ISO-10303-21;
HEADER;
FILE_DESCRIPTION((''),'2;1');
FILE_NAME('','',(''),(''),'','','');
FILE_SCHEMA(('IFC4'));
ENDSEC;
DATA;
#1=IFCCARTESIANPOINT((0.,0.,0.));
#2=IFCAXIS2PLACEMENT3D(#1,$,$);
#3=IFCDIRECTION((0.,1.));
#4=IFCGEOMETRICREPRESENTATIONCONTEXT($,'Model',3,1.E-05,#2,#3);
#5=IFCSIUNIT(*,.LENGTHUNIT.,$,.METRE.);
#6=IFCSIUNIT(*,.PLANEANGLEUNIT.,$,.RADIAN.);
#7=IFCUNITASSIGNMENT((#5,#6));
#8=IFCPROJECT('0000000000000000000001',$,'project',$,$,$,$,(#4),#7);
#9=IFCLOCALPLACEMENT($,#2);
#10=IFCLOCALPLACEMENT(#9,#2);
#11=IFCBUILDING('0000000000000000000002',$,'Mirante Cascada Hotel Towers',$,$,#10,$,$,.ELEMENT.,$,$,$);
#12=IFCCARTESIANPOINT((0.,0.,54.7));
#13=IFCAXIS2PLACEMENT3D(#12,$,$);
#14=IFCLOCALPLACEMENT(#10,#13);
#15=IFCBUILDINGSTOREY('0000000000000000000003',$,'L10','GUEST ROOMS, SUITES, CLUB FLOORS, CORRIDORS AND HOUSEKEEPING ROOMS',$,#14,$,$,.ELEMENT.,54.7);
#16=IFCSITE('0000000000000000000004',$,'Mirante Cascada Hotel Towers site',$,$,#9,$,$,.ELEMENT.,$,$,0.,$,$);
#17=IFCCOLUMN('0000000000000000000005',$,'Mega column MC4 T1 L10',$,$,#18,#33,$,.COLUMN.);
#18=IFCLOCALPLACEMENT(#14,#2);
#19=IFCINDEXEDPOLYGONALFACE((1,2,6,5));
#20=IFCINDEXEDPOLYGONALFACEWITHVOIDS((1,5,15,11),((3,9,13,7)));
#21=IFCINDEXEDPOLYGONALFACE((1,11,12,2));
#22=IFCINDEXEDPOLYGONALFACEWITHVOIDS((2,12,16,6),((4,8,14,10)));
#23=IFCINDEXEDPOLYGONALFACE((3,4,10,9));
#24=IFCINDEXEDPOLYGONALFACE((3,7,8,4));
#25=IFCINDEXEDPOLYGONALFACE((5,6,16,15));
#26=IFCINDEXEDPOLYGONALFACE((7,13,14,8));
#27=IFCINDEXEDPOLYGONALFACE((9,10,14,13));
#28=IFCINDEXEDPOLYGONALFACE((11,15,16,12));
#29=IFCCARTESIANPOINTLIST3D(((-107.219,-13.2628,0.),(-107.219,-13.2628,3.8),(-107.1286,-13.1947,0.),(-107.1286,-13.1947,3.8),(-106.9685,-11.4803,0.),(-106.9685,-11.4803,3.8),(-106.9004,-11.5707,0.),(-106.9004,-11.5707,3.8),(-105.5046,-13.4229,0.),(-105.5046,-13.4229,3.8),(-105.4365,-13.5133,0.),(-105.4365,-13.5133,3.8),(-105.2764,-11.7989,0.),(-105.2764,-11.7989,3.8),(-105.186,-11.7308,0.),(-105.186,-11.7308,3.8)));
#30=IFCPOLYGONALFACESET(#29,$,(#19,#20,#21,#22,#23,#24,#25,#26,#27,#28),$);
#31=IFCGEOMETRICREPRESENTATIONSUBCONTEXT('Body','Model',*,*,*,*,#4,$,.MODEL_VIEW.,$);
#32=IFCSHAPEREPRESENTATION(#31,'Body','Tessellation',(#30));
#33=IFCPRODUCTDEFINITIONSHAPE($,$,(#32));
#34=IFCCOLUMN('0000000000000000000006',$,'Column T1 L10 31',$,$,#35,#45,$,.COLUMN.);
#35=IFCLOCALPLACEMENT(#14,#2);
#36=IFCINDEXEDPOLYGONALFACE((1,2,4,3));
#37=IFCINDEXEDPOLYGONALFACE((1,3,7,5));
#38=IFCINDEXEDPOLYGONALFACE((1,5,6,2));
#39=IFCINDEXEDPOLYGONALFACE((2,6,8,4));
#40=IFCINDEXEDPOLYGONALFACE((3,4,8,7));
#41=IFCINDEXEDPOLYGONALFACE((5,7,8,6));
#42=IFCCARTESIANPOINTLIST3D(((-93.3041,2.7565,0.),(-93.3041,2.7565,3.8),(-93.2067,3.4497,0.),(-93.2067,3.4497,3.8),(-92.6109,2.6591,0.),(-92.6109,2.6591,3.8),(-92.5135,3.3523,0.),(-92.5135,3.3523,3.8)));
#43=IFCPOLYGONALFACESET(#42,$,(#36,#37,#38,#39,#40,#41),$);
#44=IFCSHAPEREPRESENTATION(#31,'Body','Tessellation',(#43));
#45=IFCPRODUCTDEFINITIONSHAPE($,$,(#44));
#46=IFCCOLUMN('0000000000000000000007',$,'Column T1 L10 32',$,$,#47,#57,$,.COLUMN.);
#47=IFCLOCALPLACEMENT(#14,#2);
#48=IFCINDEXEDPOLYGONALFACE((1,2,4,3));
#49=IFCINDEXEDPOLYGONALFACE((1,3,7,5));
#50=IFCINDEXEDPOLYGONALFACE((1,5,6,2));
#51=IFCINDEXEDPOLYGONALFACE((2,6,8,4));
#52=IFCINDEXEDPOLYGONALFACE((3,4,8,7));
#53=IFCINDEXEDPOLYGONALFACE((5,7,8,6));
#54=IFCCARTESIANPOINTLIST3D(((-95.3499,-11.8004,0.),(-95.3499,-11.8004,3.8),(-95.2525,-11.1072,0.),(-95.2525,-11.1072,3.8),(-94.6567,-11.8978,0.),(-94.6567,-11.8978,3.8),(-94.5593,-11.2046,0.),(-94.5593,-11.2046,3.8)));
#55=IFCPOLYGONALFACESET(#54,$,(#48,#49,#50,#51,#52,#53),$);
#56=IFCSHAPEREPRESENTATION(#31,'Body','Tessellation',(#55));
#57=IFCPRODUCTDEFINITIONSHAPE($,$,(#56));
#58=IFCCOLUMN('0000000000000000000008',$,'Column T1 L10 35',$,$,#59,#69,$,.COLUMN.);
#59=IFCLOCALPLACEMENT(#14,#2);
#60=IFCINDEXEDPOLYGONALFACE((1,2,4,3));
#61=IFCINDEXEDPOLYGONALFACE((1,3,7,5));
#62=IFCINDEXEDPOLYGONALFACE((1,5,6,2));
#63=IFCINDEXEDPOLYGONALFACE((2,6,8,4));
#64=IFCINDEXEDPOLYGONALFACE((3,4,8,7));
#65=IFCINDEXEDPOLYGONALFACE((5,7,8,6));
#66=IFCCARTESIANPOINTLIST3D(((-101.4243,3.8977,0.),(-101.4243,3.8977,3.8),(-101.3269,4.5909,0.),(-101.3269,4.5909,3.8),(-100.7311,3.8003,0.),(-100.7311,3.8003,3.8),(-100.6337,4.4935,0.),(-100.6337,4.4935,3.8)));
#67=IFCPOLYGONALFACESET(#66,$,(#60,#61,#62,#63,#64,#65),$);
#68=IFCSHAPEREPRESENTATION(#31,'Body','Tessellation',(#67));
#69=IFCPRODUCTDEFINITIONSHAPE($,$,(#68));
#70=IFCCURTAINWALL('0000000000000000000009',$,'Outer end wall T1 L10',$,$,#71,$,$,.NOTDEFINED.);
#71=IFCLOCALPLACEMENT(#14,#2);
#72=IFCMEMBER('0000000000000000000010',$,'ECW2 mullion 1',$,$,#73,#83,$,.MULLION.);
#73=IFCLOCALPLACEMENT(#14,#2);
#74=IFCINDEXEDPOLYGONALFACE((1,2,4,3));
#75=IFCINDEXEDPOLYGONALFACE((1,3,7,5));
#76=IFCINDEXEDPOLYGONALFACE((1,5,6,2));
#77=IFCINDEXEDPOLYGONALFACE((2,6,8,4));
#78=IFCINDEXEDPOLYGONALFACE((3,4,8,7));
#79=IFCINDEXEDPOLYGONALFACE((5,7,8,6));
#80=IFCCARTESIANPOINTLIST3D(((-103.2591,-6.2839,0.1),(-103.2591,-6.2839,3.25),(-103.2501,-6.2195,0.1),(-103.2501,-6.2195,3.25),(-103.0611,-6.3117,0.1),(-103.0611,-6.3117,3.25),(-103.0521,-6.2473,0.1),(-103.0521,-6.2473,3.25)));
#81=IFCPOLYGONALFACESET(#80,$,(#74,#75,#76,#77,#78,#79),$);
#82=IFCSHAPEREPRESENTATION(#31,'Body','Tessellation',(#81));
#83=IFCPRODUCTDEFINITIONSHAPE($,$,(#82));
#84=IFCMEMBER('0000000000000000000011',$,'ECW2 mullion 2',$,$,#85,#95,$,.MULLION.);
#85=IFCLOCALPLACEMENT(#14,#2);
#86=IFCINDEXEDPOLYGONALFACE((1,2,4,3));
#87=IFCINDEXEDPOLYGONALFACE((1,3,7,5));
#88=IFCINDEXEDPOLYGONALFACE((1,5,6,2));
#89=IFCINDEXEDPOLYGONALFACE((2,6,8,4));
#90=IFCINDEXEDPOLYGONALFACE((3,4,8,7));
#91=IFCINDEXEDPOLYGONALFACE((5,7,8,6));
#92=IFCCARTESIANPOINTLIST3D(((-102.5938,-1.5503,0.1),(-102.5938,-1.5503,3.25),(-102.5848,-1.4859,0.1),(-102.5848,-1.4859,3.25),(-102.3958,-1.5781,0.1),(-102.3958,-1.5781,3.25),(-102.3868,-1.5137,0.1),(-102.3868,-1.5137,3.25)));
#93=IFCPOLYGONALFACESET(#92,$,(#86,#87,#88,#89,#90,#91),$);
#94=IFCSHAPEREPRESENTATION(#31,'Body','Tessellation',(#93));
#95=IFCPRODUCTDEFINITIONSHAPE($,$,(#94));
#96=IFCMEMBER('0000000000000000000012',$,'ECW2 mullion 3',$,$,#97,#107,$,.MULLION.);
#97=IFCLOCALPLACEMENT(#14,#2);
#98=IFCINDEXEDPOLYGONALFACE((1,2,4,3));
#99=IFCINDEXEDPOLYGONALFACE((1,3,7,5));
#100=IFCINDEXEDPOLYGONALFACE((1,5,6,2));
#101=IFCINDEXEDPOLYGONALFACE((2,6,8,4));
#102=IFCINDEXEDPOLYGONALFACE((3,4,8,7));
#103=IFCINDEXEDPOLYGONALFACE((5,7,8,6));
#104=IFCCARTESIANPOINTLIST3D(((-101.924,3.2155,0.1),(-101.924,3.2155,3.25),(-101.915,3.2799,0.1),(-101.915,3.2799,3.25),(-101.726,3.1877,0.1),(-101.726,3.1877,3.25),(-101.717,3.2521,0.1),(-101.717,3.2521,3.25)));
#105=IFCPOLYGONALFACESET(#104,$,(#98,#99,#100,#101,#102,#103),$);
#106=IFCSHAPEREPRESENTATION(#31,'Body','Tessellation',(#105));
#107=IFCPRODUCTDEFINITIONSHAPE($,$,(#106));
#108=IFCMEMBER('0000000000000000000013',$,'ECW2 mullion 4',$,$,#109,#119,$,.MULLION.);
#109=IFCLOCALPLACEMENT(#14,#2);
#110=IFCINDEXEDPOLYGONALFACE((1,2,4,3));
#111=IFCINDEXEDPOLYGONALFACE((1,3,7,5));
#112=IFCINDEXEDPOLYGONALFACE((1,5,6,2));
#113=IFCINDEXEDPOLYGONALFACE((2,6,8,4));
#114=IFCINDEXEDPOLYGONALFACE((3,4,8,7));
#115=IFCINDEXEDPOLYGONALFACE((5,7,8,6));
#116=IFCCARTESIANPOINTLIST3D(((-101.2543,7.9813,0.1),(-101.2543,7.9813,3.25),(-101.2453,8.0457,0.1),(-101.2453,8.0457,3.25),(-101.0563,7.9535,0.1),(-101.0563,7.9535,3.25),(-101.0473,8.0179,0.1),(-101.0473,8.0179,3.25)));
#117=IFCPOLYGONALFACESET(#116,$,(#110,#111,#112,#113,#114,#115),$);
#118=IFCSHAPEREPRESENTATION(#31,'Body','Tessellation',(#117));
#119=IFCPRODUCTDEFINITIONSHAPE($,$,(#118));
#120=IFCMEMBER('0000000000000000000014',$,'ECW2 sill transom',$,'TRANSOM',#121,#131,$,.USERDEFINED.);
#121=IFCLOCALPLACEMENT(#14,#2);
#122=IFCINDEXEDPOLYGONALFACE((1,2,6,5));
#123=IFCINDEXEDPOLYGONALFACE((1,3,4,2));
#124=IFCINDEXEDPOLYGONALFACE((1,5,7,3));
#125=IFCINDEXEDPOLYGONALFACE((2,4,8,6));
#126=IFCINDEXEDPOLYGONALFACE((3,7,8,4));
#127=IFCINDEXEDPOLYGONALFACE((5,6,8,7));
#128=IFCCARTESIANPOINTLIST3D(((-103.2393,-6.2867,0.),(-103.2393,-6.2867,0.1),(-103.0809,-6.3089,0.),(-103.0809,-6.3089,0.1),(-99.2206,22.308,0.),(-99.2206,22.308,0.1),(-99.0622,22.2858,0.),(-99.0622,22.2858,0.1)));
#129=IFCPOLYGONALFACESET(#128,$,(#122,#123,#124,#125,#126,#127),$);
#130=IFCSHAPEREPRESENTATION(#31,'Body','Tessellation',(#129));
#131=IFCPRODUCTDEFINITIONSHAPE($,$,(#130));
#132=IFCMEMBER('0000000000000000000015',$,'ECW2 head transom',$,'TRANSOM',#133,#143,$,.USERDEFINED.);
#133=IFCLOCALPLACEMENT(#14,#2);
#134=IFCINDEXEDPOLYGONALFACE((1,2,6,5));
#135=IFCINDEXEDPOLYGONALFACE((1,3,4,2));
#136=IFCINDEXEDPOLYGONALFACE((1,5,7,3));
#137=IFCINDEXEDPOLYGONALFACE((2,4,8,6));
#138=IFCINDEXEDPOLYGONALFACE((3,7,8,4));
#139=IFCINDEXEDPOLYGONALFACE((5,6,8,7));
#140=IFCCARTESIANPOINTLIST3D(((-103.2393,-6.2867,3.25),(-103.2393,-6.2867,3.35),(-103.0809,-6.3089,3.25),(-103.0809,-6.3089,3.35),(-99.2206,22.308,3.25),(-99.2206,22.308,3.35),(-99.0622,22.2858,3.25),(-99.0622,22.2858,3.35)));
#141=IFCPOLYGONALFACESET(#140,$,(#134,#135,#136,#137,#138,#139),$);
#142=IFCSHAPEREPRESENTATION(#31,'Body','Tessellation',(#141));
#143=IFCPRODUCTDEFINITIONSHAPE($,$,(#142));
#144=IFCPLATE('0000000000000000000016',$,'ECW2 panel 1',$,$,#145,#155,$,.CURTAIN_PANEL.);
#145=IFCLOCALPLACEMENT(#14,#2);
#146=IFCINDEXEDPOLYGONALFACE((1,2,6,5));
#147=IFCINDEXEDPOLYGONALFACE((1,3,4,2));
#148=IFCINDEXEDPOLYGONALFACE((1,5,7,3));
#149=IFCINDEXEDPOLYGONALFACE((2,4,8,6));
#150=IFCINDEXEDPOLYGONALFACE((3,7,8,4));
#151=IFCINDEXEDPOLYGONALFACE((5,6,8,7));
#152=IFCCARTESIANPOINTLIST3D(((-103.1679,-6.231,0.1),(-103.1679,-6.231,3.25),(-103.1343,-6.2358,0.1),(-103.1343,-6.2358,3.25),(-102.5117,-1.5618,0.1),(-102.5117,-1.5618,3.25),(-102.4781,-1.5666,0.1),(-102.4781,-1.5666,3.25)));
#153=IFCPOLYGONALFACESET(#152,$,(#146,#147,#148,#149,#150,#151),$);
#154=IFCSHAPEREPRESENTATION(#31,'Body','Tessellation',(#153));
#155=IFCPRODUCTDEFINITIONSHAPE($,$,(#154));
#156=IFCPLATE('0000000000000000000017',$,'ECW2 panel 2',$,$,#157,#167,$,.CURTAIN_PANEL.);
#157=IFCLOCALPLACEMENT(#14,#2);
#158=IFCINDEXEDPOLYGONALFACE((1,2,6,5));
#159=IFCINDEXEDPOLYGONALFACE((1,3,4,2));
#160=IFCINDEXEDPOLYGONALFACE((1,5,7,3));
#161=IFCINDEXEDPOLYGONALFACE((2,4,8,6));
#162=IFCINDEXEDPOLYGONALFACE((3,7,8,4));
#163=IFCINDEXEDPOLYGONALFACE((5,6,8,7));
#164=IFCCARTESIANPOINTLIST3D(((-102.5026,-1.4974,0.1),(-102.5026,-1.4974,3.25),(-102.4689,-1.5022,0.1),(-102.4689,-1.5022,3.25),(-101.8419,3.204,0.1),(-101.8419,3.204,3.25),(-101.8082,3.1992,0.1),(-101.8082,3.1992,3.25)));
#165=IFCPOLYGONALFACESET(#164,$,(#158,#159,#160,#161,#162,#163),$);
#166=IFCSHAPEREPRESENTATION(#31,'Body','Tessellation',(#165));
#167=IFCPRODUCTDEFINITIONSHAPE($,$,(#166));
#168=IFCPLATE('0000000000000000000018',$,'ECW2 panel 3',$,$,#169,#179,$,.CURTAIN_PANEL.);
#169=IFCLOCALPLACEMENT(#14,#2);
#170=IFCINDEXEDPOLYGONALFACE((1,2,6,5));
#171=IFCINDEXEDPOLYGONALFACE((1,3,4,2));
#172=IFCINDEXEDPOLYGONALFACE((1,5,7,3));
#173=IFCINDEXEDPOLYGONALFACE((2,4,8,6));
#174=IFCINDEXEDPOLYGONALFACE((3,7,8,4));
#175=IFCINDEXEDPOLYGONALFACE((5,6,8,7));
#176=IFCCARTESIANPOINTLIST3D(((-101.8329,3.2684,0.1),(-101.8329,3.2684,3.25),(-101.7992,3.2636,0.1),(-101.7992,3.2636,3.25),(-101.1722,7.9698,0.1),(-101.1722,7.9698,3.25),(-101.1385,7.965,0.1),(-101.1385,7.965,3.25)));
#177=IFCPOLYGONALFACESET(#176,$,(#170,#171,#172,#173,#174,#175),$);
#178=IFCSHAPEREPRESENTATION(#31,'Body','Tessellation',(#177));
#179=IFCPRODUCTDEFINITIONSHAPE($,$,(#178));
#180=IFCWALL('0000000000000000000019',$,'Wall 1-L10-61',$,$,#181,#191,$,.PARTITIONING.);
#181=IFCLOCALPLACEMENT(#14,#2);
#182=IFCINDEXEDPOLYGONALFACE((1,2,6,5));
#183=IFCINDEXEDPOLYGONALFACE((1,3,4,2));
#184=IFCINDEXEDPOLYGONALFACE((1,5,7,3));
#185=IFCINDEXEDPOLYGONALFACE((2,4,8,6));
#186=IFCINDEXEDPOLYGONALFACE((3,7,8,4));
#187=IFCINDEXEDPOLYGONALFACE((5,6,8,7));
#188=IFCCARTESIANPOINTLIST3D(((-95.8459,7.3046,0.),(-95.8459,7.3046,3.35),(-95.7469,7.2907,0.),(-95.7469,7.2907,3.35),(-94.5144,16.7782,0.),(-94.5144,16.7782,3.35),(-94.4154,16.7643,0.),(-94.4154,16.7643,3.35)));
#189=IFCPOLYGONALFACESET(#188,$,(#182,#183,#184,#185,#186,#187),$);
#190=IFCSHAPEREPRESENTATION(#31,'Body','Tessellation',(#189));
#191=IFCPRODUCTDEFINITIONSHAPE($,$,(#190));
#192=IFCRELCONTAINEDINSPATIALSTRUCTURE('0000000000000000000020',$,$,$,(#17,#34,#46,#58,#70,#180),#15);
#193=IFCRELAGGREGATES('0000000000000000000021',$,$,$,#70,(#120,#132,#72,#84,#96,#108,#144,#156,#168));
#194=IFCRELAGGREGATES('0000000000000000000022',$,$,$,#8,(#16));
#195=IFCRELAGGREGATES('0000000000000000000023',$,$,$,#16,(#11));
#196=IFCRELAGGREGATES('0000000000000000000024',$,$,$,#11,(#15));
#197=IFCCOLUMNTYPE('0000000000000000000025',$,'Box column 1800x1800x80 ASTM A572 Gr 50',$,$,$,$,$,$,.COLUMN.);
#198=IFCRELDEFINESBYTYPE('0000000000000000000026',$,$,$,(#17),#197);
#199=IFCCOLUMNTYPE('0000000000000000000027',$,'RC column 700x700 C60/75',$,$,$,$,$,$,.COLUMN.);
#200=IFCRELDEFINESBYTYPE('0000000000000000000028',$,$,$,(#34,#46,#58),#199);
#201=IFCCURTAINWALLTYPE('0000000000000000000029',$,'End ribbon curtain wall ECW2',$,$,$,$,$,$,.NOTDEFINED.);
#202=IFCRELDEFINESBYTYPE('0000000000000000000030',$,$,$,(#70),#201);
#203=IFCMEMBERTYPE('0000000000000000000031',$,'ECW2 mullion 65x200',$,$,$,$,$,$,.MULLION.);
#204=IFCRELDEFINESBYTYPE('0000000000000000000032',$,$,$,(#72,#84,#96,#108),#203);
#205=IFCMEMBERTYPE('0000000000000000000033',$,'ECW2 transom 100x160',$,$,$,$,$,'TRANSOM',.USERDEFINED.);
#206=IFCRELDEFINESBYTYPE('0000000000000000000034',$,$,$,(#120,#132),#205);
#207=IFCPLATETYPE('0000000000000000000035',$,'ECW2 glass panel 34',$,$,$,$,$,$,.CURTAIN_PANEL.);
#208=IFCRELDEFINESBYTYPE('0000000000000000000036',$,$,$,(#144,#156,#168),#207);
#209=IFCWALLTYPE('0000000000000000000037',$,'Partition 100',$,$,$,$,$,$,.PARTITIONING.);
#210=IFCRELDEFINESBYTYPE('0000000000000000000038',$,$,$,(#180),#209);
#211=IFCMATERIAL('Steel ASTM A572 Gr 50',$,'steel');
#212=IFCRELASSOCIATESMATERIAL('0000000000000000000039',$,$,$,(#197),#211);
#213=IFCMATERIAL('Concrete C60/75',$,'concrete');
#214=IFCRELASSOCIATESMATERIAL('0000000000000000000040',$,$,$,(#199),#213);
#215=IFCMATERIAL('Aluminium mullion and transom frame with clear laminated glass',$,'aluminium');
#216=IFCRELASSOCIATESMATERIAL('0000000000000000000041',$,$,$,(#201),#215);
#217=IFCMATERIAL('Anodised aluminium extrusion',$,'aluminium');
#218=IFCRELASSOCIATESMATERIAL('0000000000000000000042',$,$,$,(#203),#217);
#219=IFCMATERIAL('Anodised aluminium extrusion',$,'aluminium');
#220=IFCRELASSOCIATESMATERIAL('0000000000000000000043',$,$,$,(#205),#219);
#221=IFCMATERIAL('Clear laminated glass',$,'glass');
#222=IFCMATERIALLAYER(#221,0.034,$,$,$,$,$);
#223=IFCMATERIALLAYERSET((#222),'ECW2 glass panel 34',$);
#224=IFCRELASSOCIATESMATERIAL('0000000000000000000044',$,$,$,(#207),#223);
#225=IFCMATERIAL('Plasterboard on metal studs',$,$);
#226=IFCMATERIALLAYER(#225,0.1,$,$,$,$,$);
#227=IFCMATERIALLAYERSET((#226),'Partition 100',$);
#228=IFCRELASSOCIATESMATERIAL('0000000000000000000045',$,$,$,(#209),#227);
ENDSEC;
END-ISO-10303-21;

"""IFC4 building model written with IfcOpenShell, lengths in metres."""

from ifc_helpers import new_model, si_unit, direction, frame, frame_2d, origin, origin_2d, place, context, subcontext, project, spatial, rectangle, hollow_rectangle, extrude, material, layer, layer_set, material_profile, profile_set, type_object, element, aggregate, save


model = new_model("IFC4")

# Units and contexts
model_context = context("Model", 3, precision=1e-05, world=origin(), true_north=direction((0.0, 1.0)))
body_context = subcontext(model_context, "Body", "Model", "MODEL_VIEW")
ifc_project = project(units=[si_unit("LENGTHUNIT", "METRE"), si_unit("PLANEANGLEUNIT", "RADIAN")], contexts=[model_context])

# Site, building, storey
site_placement = place(None, origin())
site = spatial("IfcSite", under=ifc_project, at=site_placement, Name="Mirante Cascada Hotel Towers site", CompositionType="ELEMENT", RefElevation=0.0)
building_placement = place(site_placement, origin())
building = spatial("IfcBuilding", under=site, at=building_placement, Name="Mirante Cascada Hotel Towers", CompositionType="ELEMENT")
storey_placement = place(building_placement, frame((0.0, 0.0, 54.7)))
storey = spatial("IfcBuildingStorey", under=building, at=storey_placement, Name="L10", Description="GUEST ROOMS, SUITES, CLUB FLOORS, CORRIDORS AND HOUSEKEEPING ROOMS", CompositionType="ELEMENT", Elevation=54.7)

# Columns
ifc_material_1 = material(Name="Steel ASTM A572 Gr 50", Category="steel")
ifc_material_profile_1 = material_profile(ifc_material_1, hollow_rectangle(XDim=1.8, YDim=1.8, WallThickness=0.08, at=origin_2d()), Name="Box column 1800x1800x80 ASTM A572 Gr 50")
ifc_profile_set_1 = profile_set([ifc_material_profile_1], Name="Steel ASTM A572 Gr 50")
column_type_1 = type_object("IfcColumnType", Name="Box column 1800x1800x80 ASTM A572 Gr 50", PredefinedType="COLUMN", material=ifc_profile_set_1)
column_placement = place(storey_placement, frame((-106.2025, -12.4968, 0.0), z_axis=(0.0, 0.0, 1.0), x_axis=(-0.990268, 0.139173, 0.0)))
element("IfcColumn", 1, at=column_placement, inside=storey, type_object=column_type_1, Name="Mega column MC4 T1 L10", PredefinedType="COLUMN", context=body_context, shape_type="SweptSolid", body=[
    extrude(hollow_rectangle(XDim=1.8, YDim=1.8, WallThickness=0.08, at=origin_2d()), origin(), (0.0, 0.0, 1.0), 3.8),
])
ifc_material_2 = material(Name="Concrete C60/75", Category="concrete")
ifc_material_profile_2 = material_profile(ifc_material_2, rectangle(XDim=0.7, YDim=0.7, at=origin_2d()), Name="RC column 700x700 C60/75")
ifc_profile_set_2 = profile_set([ifc_material_profile_2], Name="Concrete C60/75")
column_type_2 = type_object("IfcColumnType", Name="RC column 700x700 C60/75", PredefinedType="COLUMN", material=ifc_profile_set_2)
for number, where, z_axis, x_axis, name in (
    (2, (-92.9088, 3.0544, 0.0), (0.0, 0.0, 1.0), (-0.990268, 0.139173, 0.0), "Column T1 L10 31"),
    (3, (-94.9546, -11.5025, 0.0), (0.0, 0.0, 1.0), (-0.990268, 0.139173, 0.0), "Column T1 L10 32"),
    (4, (-101.029, 4.1956, 0.0), (0.0, 0.0, 1.0), (-0.990268, 0.139173, 0.0), "Column T1 L10 35"),
):
    element("IfcColumn", number, at=place(storey_placement, frame(where, z_axis=z_axis, x_axis=x_axis)), inside=storey, type_object=column_type_2, Name=name, PredefinedType="COLUMN", context=body_context, shape_type="SweptSolid", body=[
        extrude(rectangle(XDim=0.7, YDim=0.7, at=origin_2d()), origin(), (0.0, 0.0, 1.0), 3.8),
    ])

# Curtain wall, members, plates
ifc_material_3 = material(Name="Aluminium mullion and transom frame with clear laminated glass", Category="aluminium")
curtain_wall_type = type_object("IfcCurtainWallType", Name="End ribbon curtain wall ECW2", PredefinedType="NOTDEFINED", material=ifc_material_3)
curtain_wall_placement = place(storey_placement, origin())
curtain_wall = element("IfcCurtainWall", 5, at=curtain_wall_placement, inside=storey, type_object=curtain_wall_type, Name="Outer end wall T1 L10", PredefinedType="NOTDEFINED")
ifc_material_4 = material(Name="Anodised aluminium extrusion", Category="aluminium")
ifc_material_profile_3 = material_profile(ifc_material_4, rectangle(XDim=0.2, YDim=0.065, at=origin_2d()), Name="ECW2 MULLION 65x200")
ifc_profile_set_3 = profile_set([ifc_material_profile_3], Name="Anodised aluminium extrusion")
member_type_1 = type_object("IfcMemberType", Name="ECW2 mullion 65x200", PredefinedType="MULLION", material=ifc_profile_set_3)
member_1_placement = place(storey_placement, frame((-103.1556, -6.2656, 0.1), z_axis=(0.0, 0.0, 1.0), x_axis=(-0.990268, 0.139173, 0.0)))
member_1 = element("IfcMember", 6, at=member_1_placement, type_object=member_type_1, Name="ECW2 mullion 1", PredefinedType="MULLION", context=body_context, shape_type="SweptSolid", body=[
    extrude(rectangle(XDim=0.2, YDim=0.065, at=origin_2d()), origin(), (0.0, 0.0, 1.0), 3.15),
])
member_2_placement = place(storey_placement, frame((-102.4903, -1.532, 0.1), z_axis=(0.0, 0.0, 1.0), x_axis=(-0.990268, 0.139173, 0.0)))
member_2 = element("IfcMember", 7, at=member_2_placement, type_object=member_type_1, Name="ECW2 mullion 2", PredefinedType="MULLION", context=body_context, shape_type="SweptSolid", body=[
    extrude(rectangle(XDim=0.2, YDim=0.065, at=origin_2d()), origin(), (0.0, 0.0, 1.0), 3.15),
])
member_3_placement = place(storey_placement, frame((-101.8205, 3.2338, 0.1), z_axis=(0.0, 0.0, 1.0), x_axis=(-0.990268, 0.139173, 0.0)))
member_3 = element("IfcMember", 8, at=member_3_placement, type_object=member_type_1, Name="ECW2 mullion 3", PredefinedType="MULLION", context=body_context, shape_type="SweptSolid", body=[
    extrude(rectangle(XDim=0.2, YDim=0.065, at=origin_2d()), origin(), (0.0, 0.0, 1.0), 3.15),
])
member_4_placement = place(storey_placement, frame((-101.1508, 7.9996, 0.1), z_axis=(0.0, 0.0, 1.0), x_axis=(-0.990268, 0.139173, 0.0)))
member_4 = element("IfcMember", 9, at=member_4_placement, type_object=member_type_1, Name="ECW2 mullion 4", PredefinedType="MULLION", context=body_context, shape_type="SweptSolid", body=[
    extrude(rectangle(XDim=0.2, YDim=0.065, at=origin_2d()), origin(), (0.0, 0.0, 1.0), 3.15),
])
ifc_material_5 = material(Name="Anodised aluminium extrusion", Category="aluminium")
ifc_material_profile_4 = material_profile(ifc_material_5, rectangle(XDim=0.16, YDim=0.1, at=origin_2d()), Name="ECW2 TRANSOM 100x160")
ifc_profile_set_4 = profile_set([ifc_material_profile_4], Name="Anodised aluminium extrusion")
member_type_2 = type_object("IfcMemberType", Name="ECW2 transom 100x160", ElementType="TRANSOM", PredefinedType="USERDEFINED", material=ifc_profile_set_4)
member_5_placement = place(storey_placement, frame((-103.1601, -6.2978, 0.05), z_axis=(0.139172, 0.990268, 0.0), x_axis=(-0.990268, 0.139172, 0.0)))
member_5 = element("IfcMember", 10, at=member_5_placement, type_object=member_type_2, Name="ECW2 sill transom", ObjectType="TRANSOM", PredefinedType="USERDEFINED", context=body_context, shape_type="SweptSolid", body=[
    extrude(rectangle(XDim=0.16, YDim=0.1, at=origin_2d()), origin(), (0.0, 0.0, 1.0), 28.8757),
])
member_6_placement = place(storey_placement, frame((-103.1601, -6.2978, 3.3), z_axis=(0.139172, 0.990268, 0.0), x_axis=(-0.990268, 0.139172, 0.0)))
member_6 = element("IfcMember", 11, at=member_6_placement, type_object=member_type_2, Name="ECW2 head transom", ObjectType="TRANSOM", PredefinedType="USERDEFINED", context=body_context, shape_type="SweptSolid", body=[
    extrude(rectangle(XDim=0.16, YDim=0.1, at=origin_2d()), origin(), (0.0, 0.0, 1.0), 28.8757),
])
ifc_material_6 = material(Name="Clear laminated glass", Category="glass")
ifc_layer_1 = layer(ifc_material_6, 0.034)
ifc_layer_set_1 = layer_set([ifc_layer_1], Name="ECW2 glass panel 34")
plate_type = type_object("IfcPlateType", Name="ECW2 glass panel 34", PredefinedType="CURTAIN_PANEL", material=ifc_layer_set_1)
plate_1_placement = place(storey_placement, frame((-102.823, -3.8988, 0.1), z_axis=(0.0, 0.0, 1.0), x_axis=(0.139173, 0.990268, 0.0)))
plate_1 = element("IfcPlate", 12, at=plate_1_placement, type_object=plate_type, Name="ECW2 panel 1", PredefinedType="CURTAIN_PANEL", context=body_context, shape_type="SweptSolid", body=[
    extrude(rectangle(XDim=4.7151, YDim=0.034, at=origin_2d()), origin(), (0.0, 0.0, 1.0), 3.15),
])
plate_2_placement = place(storey_placement, frame((-102.1554, 0.8509, 0.1), z_axis=(0.0, 0.0, 1.0), x_axis=(0.139173, 0.990268, 0.0)))
plate_2 = element("IfcPlate", 13, at=plate_2_placement, type_object=plate_type, Name="ECW2 panel 2", PredefinedType="CURTAIN_PANEL", context=body_context, shape_type="SweptSolid", body=[
    extrude(rectangle(XDim=4.7476, YDim=0.034, at=origin_2d()), origin(), (0.0, 0.0, 1.0), 3.15),
])
plate_3_placement = place(storey_placement, frame((-101.4857, 5.6167, 0.1), z_axis=(0.0, 0.0, 1.0), x_axis=(0.139173, 0.990268, 0.0)))
plate_3 = element("IfcPlate", 14, at=plate_3_placement, type_object=plate_type, Name="ECW2 panel 3", PredefinedType="CURTAIN_PANEL", context=body_context, shape_type="SweptSolid", body=[
    extrude(rectangle(XDim=4.7476, YDim=0.034, at=origin_2d()), origin(), (0.0, 0.0, 1.0), 3.15),
])
aggregate(curtain_wall, [member_5, member_6, member_1, member_2, member_3, member_4, plate_1, plate_2, plate_3])

# Wall
ifc_material_7 = material(Name="Plasterboard on metal studs")
ifc_layer_2 = layer(ifc_material_7, 0.1)
ifc_layer_set_2 = layer_set([ifc_layer_2], Name="Partition 100")
wall_type_1 = type_object("IfcWallType", Name="Partition 100", PredefinedType="PARTITIONING", material=ifc_layer_set_2)
wall_1_placement = place(storey_placement, frame((-95.7964, 7.2976, 0.0), z_axis=(0.0, 0.0, 1.0), x_axis=(0.139181, 0.990267, 0.0)))
element("IfcWall", 15, at=wall_1_placement, inside=storey, type_object=wall_type_1, Name="Wall 1-L10-61", PredefinedType="PARTITIONING", context=body_context, shape_type="SweptSolid", body=[
    extrude(rectangle(XDim=9.5667, YDim=0.1, at=frame_2d((4.7834, 0.0))), origin(), (0.0, 0.0, 1.0), 3.35),
])

save(model, "model.ifc")
